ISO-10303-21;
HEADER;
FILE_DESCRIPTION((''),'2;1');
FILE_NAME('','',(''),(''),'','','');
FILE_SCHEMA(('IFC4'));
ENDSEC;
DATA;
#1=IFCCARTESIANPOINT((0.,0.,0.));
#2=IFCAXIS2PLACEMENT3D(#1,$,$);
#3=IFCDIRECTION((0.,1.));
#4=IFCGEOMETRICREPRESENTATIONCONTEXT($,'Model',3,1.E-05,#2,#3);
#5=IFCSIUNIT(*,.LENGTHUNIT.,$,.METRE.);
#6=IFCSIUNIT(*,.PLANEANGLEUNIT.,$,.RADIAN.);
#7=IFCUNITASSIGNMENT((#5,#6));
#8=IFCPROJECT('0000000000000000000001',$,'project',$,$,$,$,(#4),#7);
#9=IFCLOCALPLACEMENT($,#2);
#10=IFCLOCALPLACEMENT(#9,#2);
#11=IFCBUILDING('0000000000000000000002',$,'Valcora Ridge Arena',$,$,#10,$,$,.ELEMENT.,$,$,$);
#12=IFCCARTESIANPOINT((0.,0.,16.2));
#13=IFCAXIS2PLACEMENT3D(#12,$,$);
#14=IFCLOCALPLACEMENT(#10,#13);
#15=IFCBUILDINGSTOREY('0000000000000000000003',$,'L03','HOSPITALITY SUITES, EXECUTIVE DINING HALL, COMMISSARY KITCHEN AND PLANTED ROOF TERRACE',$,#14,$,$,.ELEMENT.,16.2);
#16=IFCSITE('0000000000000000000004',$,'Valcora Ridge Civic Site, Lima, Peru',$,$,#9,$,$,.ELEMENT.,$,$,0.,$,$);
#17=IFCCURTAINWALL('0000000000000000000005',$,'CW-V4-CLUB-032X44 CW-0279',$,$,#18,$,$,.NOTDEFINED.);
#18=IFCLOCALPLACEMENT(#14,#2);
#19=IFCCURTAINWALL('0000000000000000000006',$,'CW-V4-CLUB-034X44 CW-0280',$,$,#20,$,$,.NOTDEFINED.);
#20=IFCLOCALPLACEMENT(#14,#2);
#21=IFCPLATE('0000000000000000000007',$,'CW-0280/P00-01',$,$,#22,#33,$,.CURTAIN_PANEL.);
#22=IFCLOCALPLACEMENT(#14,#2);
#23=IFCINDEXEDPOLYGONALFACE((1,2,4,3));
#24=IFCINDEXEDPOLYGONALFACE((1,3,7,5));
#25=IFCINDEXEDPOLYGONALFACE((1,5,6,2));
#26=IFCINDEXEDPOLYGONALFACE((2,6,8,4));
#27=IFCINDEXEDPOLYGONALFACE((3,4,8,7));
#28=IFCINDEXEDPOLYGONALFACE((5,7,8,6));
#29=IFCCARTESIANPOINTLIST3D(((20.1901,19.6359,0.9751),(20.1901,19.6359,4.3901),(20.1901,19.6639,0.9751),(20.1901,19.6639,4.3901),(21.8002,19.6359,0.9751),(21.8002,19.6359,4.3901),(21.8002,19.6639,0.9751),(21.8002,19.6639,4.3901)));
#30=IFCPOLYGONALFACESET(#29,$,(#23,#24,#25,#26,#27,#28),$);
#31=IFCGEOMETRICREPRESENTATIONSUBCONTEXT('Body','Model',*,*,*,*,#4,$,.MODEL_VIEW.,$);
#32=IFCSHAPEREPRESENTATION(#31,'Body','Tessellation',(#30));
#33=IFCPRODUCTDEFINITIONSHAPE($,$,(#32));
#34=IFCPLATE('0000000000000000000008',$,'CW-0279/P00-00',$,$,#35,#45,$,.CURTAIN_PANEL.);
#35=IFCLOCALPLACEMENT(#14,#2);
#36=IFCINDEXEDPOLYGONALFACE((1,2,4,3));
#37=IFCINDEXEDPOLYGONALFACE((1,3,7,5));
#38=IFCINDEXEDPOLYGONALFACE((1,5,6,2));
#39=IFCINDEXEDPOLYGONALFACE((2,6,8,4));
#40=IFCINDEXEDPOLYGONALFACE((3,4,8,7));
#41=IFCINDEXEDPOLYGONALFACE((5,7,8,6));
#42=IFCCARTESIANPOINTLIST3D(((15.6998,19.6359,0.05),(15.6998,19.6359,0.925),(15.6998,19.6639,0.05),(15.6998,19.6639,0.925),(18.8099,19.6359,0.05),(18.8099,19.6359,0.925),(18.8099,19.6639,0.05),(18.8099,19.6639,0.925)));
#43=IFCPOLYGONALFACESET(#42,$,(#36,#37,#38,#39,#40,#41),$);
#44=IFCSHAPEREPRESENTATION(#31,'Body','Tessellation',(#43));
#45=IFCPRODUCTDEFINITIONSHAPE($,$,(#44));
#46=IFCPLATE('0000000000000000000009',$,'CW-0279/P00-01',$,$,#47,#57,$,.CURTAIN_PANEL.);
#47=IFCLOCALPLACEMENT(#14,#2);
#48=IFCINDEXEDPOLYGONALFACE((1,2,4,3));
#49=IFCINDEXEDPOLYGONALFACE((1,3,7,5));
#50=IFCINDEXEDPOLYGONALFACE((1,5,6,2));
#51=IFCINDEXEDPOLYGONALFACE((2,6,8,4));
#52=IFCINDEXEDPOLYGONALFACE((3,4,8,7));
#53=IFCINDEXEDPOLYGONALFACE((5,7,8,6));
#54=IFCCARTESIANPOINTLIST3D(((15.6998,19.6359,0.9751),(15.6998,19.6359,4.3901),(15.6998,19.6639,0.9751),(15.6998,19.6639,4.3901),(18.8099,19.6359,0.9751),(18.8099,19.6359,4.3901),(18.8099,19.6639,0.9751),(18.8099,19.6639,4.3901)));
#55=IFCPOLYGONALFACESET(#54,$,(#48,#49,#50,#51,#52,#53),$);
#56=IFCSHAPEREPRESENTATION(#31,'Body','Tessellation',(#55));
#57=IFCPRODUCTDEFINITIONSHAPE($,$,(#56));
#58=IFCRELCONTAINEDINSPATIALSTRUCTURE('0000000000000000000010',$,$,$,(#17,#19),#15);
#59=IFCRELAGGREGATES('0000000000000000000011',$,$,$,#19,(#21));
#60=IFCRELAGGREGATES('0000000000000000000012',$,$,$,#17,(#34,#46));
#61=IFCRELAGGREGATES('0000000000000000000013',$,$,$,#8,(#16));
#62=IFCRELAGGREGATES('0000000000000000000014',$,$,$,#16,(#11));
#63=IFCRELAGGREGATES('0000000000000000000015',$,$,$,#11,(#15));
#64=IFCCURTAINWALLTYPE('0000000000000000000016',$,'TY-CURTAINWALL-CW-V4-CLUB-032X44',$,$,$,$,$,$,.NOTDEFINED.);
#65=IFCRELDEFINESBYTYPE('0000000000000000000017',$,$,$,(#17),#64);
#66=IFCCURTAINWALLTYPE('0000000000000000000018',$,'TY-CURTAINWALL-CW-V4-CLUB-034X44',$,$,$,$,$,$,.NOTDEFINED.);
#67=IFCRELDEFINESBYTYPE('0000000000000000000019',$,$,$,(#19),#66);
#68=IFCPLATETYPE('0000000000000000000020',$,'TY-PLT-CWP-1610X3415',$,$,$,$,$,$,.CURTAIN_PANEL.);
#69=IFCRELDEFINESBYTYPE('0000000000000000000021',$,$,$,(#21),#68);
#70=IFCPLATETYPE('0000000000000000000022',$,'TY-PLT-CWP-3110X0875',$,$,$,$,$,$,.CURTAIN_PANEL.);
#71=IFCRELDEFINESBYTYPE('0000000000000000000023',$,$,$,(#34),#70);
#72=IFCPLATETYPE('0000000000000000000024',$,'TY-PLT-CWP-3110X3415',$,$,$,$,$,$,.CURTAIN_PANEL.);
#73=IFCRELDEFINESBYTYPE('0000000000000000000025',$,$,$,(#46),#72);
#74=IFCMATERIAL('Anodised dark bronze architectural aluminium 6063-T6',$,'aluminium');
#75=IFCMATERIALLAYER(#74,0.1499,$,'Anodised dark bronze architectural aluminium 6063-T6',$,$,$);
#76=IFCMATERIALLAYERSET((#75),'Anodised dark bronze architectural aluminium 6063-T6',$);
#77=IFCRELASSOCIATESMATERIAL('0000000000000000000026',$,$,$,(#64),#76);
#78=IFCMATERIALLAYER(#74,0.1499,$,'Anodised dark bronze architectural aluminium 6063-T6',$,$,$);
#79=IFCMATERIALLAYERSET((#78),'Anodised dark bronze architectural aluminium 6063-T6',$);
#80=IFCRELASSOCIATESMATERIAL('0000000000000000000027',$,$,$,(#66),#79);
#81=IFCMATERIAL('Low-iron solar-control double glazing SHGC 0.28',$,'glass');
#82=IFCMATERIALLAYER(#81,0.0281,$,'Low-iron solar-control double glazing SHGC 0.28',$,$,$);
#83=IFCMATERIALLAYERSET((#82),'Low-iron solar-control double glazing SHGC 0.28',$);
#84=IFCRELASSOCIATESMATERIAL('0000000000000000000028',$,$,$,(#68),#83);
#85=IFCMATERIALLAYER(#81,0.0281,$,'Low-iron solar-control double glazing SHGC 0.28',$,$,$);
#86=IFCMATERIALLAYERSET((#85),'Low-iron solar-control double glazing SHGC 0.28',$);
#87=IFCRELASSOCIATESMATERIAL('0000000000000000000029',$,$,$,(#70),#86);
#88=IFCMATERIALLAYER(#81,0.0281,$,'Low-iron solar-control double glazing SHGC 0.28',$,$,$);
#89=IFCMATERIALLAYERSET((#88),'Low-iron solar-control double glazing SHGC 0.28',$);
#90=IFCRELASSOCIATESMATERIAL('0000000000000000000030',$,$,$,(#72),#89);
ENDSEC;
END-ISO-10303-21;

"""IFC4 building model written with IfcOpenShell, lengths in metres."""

from ifc_helpers import new_model, si_unit, direction, frame, origin, origin_2d, place, context, subcontext, project, spatial, rectangle, extrude, material, layer, layer_set, type_object, element, aggregate, save


model = new_model("IFC4")

# Units and contexts
model_context = context("Model", 3, precision=1e-05, world=origin(), true_north=direction((0.0, 1.0)))
body_context = subcontext(model_context, "Body", "Model", "MODEL_VIEW")
ifc_project = project(units=[si_unit("LENGTHUNIT", "METRE"), si_unit("PLANEANGLEUNIT", "RADIAN")], contexts=[model_context])

# Site, building, storey
site_placement = place(None, origin())
site = spatial("IfcSite", under=ifc_project, at=site_placement, Name="Valcora Ridge Civic Site, Lima, Peru", CompositionType="ELEMENT", RefElevation=0.0)
building_placement = place(site_placement, origin())
building = spatial("IfcBuilding", under=site, at=building_placement, Name="Valcora Ridge Arena", CompositionType="ELEMENT")
storey_placement = place(building_placement, frame((0.0, 0.0, 16.2)))
storey = spatial("IfcBuildingStorey", under=building, at=storey_placement, Name="L03", Description="HOSPITALITY SUITES, EXECUTIVE DINING HALL, COMMISSARY KITCHEN AND PLANTED ROOF TERRACE", CompositionType="ELEMENT", Elevation=16.2)

# Curtain walls
ifc_material_1 = material(Name="Anodised dark bronze architectural aluminium 6063-T6", Category="aluminium")
ifc_layer_1 = layer(ifc_material_1, 0.1499, Name="Anodised dark bronze architectural aluminium 6063-T6")
ifc_layer_set_1 = layer_set([ifc_layer_1], Name="Anodised dark bronze architectural aluminium 6063-T6")
curtain_wall_type_1 = type_object("IfcCurtainWallType", Name="TY-CURTAINWALL-CW-V4-CLUB-032X44", PredefinedType="NOTDEFINED", material=ifc_layer_set_1)
curtain_wall_1_placement = place(storey_placement, origin())
curtain_wall_1 = element("IfcCurtainWall", 1, at=curtain_wall_1_placement, inside=storey, type_object=curtain_wall_type_1, Name="CW-V4-CLUB-032X44 CW-0279", PredefinedType="NOTDEFINED")
ifc_layer_2 = layer(ifc_material_1, 0.1499, Name="Anodised dark bronze architectural aluminium 6063-T6")
ifc_layer_set_2 = layer_set([ifc_layer_2], Name="Anodised dark bronze architectural aluminium 6063-T6")
curtain_wall_type_2 = type_object("IfcCurtainWallType", Name="TY-CURTAINWALL-CW-V4-CLUB-034X44", PredefinedType="NOTDEFINED", material=ifc_layer_set_2)
curtain_wall_2_placement = place(storey_placement, origin())
curtain_wall_2 = element("IfcCurtainWall", 2, at=curtain_wall_2_placement, inside=storey, type_object=curtain_wall_type_2, Name="CW-V4-CLUB-034X44 CW-0280", PredefinedType="NOTDEFINED")

# Plates
ifc_material_2 = material(Name="Low-iron solar-control double glazing SHGC 0.28", Category="glass")
ifc_layer_3 = layer(ifc_material_2, 0.0281, Name="Low-iron solar-control double glazing SHGC 0.28")
ifc_layer_set_3 = layer_set([ifc_layer_3], Name="Low-iron solar-control double glazing SHGC 0.28")
plate_type_1 = type_object("IfcPlateType", Name="TY-PLT-CWP-1610X3415", PredefinedType="CURTAIN_PANEL", material=ifc_layer_set_3)
plate_1_placement = place(storey_placement, frame((20.9951, 19.6499, 0.9751), z_axis=(0.0, 0.0, 1.0), x_axis=(1.0, 0.0, 0.0)))
plate_1 = element("IfcPlate", 3, at=plate_1_placement, type_object=plate_type_1, Name="CW-0280/P00-01", PredefinedType="CURTAIN_PANEL", context=body_context, shape_type="SweptSolid", body=[
    extrude(rectangle(XDim=1.6101, YDim=0.0281, at=origin_2d()), origin(), (0.0, 0.0, 1.0), 3.415),
])
aggregate(curtain_wall_2, [plate_1])
ifc_layer_4 = layer(ifc_material_2, 0.0281, Name="Low-iron solar-control double glazing SHGC 0.28")
ifc_layer_set_4 = layer_set([ifc_layer_4], Name="Low-iron solar-control double glazing SHGC 0.28")
plate_type_2 = type_object("IfcPlateType", Name="TY-PLT-CWP-3110X0875", PredefinedType="CURTAIN_PANEL", material=ifc_layer_set_4)
plate_2_placement = place(storey_placement, frame((17.2549, 19.6499, 0.05), z_axis=(0.0, 0.0, 1.0), x_axis=(1.0, 0.0, 0.0)))
plate_2 = element("IfcPlate", 4, at=plate_2_placement, type_object=plate_type_2, Name="CW-0279/P00-00", PredefinedType="CURTAIN_PANEL", context=body_context, shape_type="SweptSolid", body=[
    extrude(rectangle(XDim=3.1101, YDim=0.0281, at=origin_2d()), origin(), (0.0, 0.0, 1.0), 0.875),
])
ifc_layer_5 = layer(ifc_material_2, 0.0281, Name="Low-iron solar-control double glazing SHGC 0.28")
ifc_layer_set_5 = layer_set([ifc_layer_5], Name="Low-iron solar-control double glazing SHGC 0.28")
plate_type_3 = type_object("IfcPlateType", Name="TY-PLT-CWP-3110X3415", PredefinedType="CURTAIN_PANEL", material=ifc_layer_set_5)
plate_3_placement = place(storey_placement, frame((17.2549, 19.6499, 0.9751), z_axis=(0.0, 0.0, 1.0), x_axis=(1.0, 0.0, 0.0)))
plate_3 = element("IfcPlate", 5, at=plate_3_placement, type_object=plate_type_3, Name="CW-0279/P00-01", PredefinedType="CURTAIN_PANEL", context=body_context, shape_type="SweptSolid", body=[
    extrude(rectangle(XDim=3.1101, YDim=0.0281, at=origin_2d()), origin(), (0.0, 0.0, 1.0), 3.415),
])
aggregate(curtain_wall_1, [plate_2, plate_3])

save(model, "model.ifc")
